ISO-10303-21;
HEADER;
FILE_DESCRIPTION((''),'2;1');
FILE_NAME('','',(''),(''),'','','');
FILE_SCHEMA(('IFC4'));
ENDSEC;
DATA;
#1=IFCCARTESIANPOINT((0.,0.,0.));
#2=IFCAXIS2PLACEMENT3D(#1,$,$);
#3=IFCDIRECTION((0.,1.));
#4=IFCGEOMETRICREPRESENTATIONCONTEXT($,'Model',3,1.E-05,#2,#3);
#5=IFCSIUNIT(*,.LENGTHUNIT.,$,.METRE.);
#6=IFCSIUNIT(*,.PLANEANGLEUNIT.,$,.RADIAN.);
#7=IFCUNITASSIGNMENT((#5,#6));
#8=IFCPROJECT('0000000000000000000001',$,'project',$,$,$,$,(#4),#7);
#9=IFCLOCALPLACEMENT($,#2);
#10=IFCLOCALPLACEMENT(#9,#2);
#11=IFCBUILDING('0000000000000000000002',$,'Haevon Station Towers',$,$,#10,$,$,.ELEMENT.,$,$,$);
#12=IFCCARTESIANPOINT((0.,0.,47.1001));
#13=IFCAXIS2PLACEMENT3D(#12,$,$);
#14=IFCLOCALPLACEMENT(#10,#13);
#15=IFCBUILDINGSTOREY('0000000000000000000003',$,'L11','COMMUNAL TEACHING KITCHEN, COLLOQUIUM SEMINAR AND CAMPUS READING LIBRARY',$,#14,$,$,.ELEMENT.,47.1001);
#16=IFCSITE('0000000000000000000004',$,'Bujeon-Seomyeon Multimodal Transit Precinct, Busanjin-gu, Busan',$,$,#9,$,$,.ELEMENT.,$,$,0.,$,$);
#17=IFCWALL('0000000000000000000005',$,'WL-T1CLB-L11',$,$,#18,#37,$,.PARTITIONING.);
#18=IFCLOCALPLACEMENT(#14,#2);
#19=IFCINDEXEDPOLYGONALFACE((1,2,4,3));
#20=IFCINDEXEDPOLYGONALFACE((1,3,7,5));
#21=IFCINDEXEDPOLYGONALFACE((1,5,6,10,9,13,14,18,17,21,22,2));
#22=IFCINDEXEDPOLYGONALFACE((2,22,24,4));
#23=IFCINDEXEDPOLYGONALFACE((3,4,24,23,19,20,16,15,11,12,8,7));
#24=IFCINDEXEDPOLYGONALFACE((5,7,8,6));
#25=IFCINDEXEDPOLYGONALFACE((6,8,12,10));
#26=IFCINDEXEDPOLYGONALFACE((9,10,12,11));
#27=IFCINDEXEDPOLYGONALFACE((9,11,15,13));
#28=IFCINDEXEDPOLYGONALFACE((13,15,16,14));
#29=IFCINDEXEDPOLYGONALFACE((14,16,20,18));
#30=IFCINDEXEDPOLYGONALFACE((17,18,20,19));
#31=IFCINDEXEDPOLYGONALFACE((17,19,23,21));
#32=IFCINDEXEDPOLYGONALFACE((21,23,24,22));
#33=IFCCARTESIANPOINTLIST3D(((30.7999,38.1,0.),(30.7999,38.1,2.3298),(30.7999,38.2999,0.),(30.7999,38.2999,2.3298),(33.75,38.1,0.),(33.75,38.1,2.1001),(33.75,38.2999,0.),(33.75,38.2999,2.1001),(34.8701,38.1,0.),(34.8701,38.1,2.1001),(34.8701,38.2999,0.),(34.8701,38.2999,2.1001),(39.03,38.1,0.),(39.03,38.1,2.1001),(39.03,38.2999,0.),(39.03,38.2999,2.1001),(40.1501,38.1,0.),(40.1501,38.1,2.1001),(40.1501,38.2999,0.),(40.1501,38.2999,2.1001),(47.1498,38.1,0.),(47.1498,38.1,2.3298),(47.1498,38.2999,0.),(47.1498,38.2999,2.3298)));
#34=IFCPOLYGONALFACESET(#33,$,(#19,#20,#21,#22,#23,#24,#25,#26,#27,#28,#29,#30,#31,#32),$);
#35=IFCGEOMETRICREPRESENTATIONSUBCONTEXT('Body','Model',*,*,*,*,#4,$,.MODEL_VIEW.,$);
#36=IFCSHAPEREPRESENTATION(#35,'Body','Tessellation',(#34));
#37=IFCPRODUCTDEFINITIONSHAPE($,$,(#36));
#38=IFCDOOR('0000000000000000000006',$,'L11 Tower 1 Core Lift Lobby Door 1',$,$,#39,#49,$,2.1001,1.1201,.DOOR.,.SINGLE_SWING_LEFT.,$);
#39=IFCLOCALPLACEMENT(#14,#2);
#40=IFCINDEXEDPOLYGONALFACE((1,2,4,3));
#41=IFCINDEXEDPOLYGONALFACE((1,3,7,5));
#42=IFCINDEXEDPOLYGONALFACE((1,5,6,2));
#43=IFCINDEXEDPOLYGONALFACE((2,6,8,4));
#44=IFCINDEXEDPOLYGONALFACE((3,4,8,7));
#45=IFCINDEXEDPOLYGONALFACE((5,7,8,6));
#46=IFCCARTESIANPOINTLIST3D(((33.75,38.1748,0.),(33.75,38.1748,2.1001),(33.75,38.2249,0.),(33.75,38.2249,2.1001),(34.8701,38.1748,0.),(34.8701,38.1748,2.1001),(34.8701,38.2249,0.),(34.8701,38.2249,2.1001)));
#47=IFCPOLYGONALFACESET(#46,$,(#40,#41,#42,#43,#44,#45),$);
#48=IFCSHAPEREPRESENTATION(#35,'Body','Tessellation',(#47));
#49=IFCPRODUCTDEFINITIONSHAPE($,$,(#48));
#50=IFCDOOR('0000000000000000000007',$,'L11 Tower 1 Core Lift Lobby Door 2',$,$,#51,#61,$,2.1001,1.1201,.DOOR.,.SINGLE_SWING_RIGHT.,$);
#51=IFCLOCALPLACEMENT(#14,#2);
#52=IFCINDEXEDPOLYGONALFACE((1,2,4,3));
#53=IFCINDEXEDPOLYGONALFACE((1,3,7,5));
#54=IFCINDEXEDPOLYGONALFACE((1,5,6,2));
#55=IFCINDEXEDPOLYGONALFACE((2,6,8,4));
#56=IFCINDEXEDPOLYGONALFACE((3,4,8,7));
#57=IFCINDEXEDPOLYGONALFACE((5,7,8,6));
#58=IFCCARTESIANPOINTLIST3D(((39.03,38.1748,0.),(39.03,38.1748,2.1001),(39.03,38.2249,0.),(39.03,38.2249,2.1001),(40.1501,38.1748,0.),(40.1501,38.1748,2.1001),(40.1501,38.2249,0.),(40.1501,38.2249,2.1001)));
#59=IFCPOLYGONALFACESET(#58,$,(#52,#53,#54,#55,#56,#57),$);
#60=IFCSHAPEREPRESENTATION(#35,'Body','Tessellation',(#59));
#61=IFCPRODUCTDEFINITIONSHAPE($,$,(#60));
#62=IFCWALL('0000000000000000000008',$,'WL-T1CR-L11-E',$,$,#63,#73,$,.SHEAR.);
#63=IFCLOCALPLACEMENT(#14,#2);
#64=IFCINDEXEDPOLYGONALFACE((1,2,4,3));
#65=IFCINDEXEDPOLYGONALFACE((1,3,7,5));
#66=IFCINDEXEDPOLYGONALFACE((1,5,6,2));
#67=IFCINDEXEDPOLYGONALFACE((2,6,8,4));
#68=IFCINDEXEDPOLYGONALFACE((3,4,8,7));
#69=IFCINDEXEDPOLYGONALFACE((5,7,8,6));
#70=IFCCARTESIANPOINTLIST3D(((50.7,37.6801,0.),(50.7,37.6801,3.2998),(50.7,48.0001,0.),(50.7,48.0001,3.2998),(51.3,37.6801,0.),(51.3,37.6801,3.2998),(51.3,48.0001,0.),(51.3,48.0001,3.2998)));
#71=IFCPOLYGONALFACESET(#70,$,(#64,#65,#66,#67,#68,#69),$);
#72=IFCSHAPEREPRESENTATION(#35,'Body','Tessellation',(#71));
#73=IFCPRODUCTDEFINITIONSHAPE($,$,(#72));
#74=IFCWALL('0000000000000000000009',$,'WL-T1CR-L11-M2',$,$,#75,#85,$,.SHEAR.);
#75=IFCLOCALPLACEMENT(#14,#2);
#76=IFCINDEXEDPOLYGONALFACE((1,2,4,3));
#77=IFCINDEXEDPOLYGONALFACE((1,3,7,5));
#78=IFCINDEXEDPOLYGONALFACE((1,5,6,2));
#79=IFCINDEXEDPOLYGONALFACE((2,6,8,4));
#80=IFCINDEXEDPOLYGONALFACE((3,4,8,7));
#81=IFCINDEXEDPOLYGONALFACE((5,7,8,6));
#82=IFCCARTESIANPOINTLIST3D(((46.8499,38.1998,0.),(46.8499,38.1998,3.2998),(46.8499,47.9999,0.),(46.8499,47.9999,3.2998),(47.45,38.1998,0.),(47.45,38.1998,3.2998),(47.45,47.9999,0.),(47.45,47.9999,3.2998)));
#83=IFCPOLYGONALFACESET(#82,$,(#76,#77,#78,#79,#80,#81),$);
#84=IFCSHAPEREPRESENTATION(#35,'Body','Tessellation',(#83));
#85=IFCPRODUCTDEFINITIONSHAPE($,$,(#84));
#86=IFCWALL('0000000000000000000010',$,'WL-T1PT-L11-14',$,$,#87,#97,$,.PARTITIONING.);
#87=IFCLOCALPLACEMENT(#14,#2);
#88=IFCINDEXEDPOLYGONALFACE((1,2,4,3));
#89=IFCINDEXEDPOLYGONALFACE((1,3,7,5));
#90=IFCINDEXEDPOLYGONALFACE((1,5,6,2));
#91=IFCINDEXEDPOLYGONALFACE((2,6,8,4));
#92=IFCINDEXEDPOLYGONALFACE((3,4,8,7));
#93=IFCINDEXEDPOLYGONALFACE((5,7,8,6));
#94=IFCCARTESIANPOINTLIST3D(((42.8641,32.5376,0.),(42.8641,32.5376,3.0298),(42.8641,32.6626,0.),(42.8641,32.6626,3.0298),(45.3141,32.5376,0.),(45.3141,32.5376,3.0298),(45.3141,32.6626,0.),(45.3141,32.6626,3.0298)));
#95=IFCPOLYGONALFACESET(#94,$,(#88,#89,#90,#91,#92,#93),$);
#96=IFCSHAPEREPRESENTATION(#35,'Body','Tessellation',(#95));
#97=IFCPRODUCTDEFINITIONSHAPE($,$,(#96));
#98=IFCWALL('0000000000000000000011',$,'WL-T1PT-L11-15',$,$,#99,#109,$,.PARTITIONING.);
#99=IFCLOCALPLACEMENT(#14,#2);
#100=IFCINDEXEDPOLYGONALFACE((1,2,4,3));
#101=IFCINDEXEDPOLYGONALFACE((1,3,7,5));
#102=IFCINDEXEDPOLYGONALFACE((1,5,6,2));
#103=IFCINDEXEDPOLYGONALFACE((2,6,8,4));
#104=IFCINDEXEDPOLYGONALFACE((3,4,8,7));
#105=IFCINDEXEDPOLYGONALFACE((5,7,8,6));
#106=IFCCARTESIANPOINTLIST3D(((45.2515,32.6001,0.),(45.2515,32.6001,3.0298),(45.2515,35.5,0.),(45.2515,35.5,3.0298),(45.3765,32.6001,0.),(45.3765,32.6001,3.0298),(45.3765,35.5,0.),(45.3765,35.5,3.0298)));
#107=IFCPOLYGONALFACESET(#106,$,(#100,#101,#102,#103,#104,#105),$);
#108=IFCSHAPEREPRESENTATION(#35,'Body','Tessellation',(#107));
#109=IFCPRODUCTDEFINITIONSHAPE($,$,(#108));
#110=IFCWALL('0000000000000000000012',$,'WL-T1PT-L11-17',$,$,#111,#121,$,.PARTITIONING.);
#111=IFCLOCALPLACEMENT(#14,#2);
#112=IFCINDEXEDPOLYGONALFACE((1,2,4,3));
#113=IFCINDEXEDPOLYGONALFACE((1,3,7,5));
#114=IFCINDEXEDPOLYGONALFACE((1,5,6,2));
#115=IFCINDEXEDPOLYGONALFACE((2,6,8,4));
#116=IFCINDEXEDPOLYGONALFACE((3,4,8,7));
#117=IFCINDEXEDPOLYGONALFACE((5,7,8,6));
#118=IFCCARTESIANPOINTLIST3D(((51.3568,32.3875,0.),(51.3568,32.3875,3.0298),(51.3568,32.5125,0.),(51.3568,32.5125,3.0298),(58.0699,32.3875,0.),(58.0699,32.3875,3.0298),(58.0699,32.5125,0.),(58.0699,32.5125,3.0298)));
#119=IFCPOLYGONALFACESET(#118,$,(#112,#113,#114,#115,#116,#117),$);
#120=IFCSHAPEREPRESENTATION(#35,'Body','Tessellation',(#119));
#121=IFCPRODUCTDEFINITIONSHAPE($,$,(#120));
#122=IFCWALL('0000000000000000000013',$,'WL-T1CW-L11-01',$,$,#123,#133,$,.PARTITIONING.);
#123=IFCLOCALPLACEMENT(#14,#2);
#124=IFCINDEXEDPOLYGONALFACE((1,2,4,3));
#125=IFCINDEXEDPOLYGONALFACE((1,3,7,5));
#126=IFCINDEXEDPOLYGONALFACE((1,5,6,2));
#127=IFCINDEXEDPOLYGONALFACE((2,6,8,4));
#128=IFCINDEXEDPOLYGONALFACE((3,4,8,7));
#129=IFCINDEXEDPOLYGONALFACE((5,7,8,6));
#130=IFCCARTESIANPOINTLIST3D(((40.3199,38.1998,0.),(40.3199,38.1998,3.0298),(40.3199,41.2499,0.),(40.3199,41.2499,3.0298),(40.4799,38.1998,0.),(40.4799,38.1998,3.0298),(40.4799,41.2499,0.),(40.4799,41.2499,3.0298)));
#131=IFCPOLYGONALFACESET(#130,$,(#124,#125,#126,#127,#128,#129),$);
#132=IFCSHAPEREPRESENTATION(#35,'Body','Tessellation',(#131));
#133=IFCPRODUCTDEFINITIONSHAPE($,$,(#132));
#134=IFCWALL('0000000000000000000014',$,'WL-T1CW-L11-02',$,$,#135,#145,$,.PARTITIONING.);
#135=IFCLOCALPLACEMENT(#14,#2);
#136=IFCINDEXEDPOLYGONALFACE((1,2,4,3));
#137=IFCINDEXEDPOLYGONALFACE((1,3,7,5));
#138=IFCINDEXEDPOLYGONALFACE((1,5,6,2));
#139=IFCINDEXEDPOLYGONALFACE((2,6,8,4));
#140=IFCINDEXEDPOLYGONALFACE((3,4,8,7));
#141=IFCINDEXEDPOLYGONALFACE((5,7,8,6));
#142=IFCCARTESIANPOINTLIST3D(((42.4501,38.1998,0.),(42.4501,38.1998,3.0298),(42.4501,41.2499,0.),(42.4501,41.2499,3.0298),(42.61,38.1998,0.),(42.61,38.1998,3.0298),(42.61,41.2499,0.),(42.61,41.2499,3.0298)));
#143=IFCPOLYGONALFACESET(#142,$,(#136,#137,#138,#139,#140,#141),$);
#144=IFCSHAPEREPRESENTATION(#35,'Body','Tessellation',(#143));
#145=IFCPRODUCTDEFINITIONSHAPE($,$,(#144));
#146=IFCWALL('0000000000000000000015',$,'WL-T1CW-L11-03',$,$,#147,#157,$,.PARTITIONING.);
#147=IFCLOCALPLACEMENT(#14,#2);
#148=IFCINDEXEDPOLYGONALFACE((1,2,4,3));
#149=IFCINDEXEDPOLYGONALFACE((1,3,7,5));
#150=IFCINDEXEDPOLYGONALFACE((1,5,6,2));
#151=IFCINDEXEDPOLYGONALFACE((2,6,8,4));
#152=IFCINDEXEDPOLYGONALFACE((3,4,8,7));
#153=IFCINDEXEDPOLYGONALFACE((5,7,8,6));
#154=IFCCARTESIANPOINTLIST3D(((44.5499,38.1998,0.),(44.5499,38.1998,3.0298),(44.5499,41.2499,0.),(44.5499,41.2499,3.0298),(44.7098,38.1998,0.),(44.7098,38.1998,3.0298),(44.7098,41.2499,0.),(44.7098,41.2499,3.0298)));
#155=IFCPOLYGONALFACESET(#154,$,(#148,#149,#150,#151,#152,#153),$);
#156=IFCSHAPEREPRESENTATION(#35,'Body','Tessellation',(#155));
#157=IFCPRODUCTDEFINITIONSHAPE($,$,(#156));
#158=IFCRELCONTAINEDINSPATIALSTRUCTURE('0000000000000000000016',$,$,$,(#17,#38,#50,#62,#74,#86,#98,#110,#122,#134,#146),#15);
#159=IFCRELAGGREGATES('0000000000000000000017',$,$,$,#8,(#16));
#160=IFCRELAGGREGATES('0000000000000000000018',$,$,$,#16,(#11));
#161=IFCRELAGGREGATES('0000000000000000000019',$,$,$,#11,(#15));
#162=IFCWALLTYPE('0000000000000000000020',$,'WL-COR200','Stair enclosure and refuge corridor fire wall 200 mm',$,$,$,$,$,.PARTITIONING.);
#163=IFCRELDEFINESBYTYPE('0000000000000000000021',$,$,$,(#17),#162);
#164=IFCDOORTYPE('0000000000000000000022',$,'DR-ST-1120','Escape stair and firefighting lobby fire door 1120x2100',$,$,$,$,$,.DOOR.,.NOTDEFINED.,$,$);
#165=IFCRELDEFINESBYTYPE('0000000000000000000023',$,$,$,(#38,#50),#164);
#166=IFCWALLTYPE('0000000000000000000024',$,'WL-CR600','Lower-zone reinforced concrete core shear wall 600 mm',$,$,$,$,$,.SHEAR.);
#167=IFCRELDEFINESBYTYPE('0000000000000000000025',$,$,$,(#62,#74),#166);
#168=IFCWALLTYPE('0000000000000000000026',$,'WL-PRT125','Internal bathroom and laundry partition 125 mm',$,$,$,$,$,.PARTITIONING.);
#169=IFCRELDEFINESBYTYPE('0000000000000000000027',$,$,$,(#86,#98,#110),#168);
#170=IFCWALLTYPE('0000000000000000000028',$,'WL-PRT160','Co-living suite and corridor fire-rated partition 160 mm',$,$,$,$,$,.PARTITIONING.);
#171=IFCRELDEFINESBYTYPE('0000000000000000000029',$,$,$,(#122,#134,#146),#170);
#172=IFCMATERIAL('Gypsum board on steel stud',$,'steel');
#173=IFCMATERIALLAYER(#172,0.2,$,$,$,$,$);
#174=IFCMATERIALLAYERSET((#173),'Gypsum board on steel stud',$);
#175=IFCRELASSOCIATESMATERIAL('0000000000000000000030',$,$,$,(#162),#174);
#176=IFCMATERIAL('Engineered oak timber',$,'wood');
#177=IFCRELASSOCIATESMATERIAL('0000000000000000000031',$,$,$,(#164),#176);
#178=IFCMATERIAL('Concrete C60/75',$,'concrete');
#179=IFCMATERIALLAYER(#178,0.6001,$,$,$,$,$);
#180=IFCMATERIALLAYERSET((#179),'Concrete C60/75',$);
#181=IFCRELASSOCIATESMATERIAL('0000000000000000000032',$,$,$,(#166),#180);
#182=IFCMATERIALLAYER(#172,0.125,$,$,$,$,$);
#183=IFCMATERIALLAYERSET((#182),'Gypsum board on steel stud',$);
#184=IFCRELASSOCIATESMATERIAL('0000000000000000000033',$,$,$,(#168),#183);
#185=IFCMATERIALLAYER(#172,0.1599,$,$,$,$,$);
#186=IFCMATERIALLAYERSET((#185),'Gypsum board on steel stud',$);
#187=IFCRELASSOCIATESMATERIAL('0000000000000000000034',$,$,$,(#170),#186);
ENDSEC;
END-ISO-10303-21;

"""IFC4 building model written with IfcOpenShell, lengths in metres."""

from ifc_helpers import new_model, si_unit, direction, frame, frame_2d, origin, place, context, subcontext, project, spatial, rectangle, extrude, material, layer, layer_set, type_object, element, fill, save


model = new_model("IFC4")

# Units and contexts
model_context = context("Model", 3, precision=1e-05, world=origin(), true_north=direction((0.0, 1.0)))
body_context = subcontext(model_context, "Body", "Model", "MODEL_VIEW")
ifc_project = project(units=[si_unit("LENGTHUNIT", "METRE"), si_unit("PLANEANGLEUNIT", "RADIAN")], contexts=[model_context])

# Site, building, storey
site_placement = place(None, origin())
site = spatial("IfcSite", under=ifc_project, at=site_placement, Name="Bujeon-Seomyeon Multimodal Transit Precinct, Busanjin-gu, Busan", CompositionType="ELEMENT", RefElevation=0.0)
building_placement = place(site_placement, origin())
building = spatial("IfcBuilding", under=site, at=building_placement, Name="Haevon Station Towers", CompositionType="ELEMENT")
storey_placement = place(building_placement, frame((0.0, 0.0, 47.1001)))
storey = spatial("IfcBuildingStorey", under=building, at=storey_placement, Name="L11", Description="COMMUNAL TEACHING KITCHEN, COLLOQUIUM SEMINAR AND CAMPUS READING LIBRARY", CompositionType="ELEMENT", Elevation=47.1001)

# Shared definitions
ifc_material_1 = material(Name="Gypsum board on steel stud", Category="steel")
ifc_layer_1 = layer(ifc_material_1, 0.2)
ifc_layer_set_1 = layer_set([ifc_layer_1], Name="Gypsum board on steel stud")
wall_type_1 = type_object("IfcWallType", Name="WL-COR200", Description="Stair enclosure and refuge corridor fire wall 200 mm", PredefinedType="PARTITIONING", material=ifc_layer_set_1)
ifc_material_2 = material(Name="Engineered oak timber", Category="wood")
door_type = type_object("IfcDoorType", Name="DR-ST-1120", Description="Escape stair and firefighting lobby fire door 1120x2100", OperationType="NOTDEFINED", PredefinedType="DOOR", material=ifc_material_2)

# Wall, openings, doors
wall_1_placement = place(storey_placement, frame((30.8, 38.2, 0.0), z_axis=(0.0, 0.0, 1.0), x_axis=(1.0, 0.0, 0.0)))
wall_1 = element("IfcWall", 1, at=wall_1_placement, inside=storey, type_object=wall_type_1, Name="WL-T1CLB-L11", PredefinedType="PARTITIONING", context=body_context, shape_type="SweptSolid", body=[
    extrude(rectangle(XDim=16.3499, YDim=0.2, at=frame_2d((8.1748, 0.0))), origin(), (0.0, 0.0, 1.0), 2.3298),
])
opening_1_placement = place(wall_1_placement, frame((2.95, 0.0, 0.0)))
opening_1 = element("IfcOpeningElement", 2, at=opening_1_placement, cuts=wall_1, PredefinedType="OPENING", context=body_context, shape_type="SweptSolid", body=[
    extrude(rectangle(XDim=1.1201, YDim=2.1001, at=frame_2d((0.5601, 1.05))), frame((0.0, 0.1099, 0.0), z_axis=(0.0, -1.0, 0.0), x_axis=(1.0, 0.0, 0.0)), (0.0, 0.0, 1.0), 0.22),
])
opening_2_placement = place(wall_1_placement, frame((8.23, 0.0, 0.0)))
opening_2 = element("IfcOpeningElement", 3, at=opening_2_placement, cuts=wall_1, PredefinedType="OPENING", context=body_context, shape_type="SweptSolid", body=[
    extrude(rectangle(XDim=1.1201, YDim=2.1001, at=frame_2d((0.5601, 1.05))), frame((0.0, 0.1099, 0.0), z_axis=(0.0, -1.0, 0.0), x_axis=(1.0, 0.0, 0.0)), (0.0, 0.0, 1.0), 0.22),
])
door_1_placement = place(opening_1_placement, origin())
door_1 = element("IfcDoor", 4, at=door_1_placement, inside=storey, type_object=door_type, Name="L11 Tower 1 Core Lift Lobby Door 1", OperationType="SINGLE_SWING_LEFT", OverallHeight=2.1001, OverallWidth=1.1201, PredefinedType="DOOR", context=body_context, shape_type="SweptSolid", body=[
    extrude(rectangle(XDim=1.1201, YDim=2.1001, at=frame_2d((0.5601, 1.05))), frame((0.0, 0.0249, 0.0), z_axis=(0.0, -1.0, 0.0), x_axis=(1.0, 0.0, 0.0)), (0.0, 0.0, 1.0), 0.05),
])
fill(opening_1, door_1)
door_2_placement = place(opening_2_placement, origin())
door_2 = element("IfcDoor", 5, at=door_2_placement, inside=storey, type_object=door_type, Name="L11 Tower 1 Core Lift Lobby Door 2", OperationType="SINGLE_SWING_RIGHT", OverallHeight=2.1001, OverallWidth=1.1201, PredefinedType="DOOR", context=body_context, shape_type="SweptSolid", body=[
    extrude(rectangle(XDim=1.1201, YDim=2.1001, at=frame_2d((0.5601, 1.05))), frame((0.0, 0.0249, 0.0), z_axis=(0.0, -1.0, 0.0), x_axis=(1.0, 0.0, 0.0)), (0.0, 0.0, 1.0), 0.05),
])
fill(opening_2, door_2)

# Walls
ifc_material_3 = material(Name="Concrete C60/75", Category="concrete")
ifc_layer_2 = layer(ifc_material_3, 0.6001)
ifc_layer_set_2 = layer_set([ifc_layer_2], Name="Concrete C60/75")
wall_type_2 = type_object("IfcWallType", Name="WL-CR600", Description="Lower-zone reinforced concrete core shear wall 600 mm", PredefinedType="SHEAR", material=ifc_layer_set_2)
wall_2_placement = place(storey_placement, frame((51.0, 37.6799, 0.0), z_axis=(0.0, 0.0, 1.0), x_axis=(0.0, 1.0, 0.0)))
element("IfcWall", 6, at=wall_2_placement, inside=storey, type_object=wall_type_2, Name="WL-T1CR-L11-E", PredefinedType="SHEAR", context=body_context, shape_type="SweptSolid", body=[
    extrude(rectangle(XDim=10.3201, YDim=0.6001, at=frame_2d((5.1602, 0.0))), origin(), (0.0, 0.0, 1.0), 3.2998),
])
wall_3_placement = place(storey_placement, frame((47.1499, 38.2, 0.0), z_axis=(0.0, 0.0, 1.0), x_axis=(0.0, 1.0, 0.0)))
element("IfcWall", 7, at=wall_3_placement, inside=storey, type_object=wall_type_2, Name="WL-T1CR-L11-M2", PredefinedType="SHEAR", context=body_context, shape_type="SweptSolid", body=[
    extrude(rectangle(XDim=9.8, YDim=0.6001, at=frame_2d((4.8999, 0.0))), origin(), (0.0, 0.0, 1.0), 3.2998),
])
ifc_layer_3 = layer(ifc_material_1, 0.125)
ifc_layer_set_3 = layer_set([ifc_layer_3], Name="Gypsum board on steel stud")
wall_type_3 = type_object("IfcWallType", Name="WL-PRT125", Description="Internal bathroom and laundry partition 125 mm", PredefinedType="PARTITIONING", material=ifc_layer_set_3)
wall_4_placement = place(storey_placement, frame((42.864, 32.6001, 0.0), z_axis=(0.0, 0.0, 1.0), x_axis=(1.0, 0.0, 0.0)))
element("IfcWall", 8, at=wall_4_placement, inside=storey, type_object=wall_type_3, Name="WL-T1PT-L11-14", PredefinedType="PARTITIONING", context=body_context, shape_type="SweptSolid", body=[
    extrude(rectangle(XDim=2.45, YDim=0.125, at=frame_2d((1.2251, 0.0))), origin(), (0.0, 0.0, 1.0), 3.0298),
])
wall_5_placement = place(storey_placement, frame((45.314, 32.6001, 0.0), z_axis=(0.0, 0.0, 1.0), x_axis=(0.0, 1.0, 0.0)))
element("IfcWall", 9, at=wall_5_placement, inside=storey, type_object=wall_type_3, Name="WL-T1PT-L11-15", PredefinedType="PARTITIONING", context=body_context, shape_type="SweptSolid", body=[
    extrude(rectangle(XDim=2.8999, YDim=0.125, at=frame_2d((1.45, 0.0))), origin(), (0.0, 0.0, 1.0), 3.0298),
])
wall_6_placement = place(storey_placement, frame((51.3569, 32.45, 0.0), z_axis=(0.0, 0.0, 1.0), x_axis=(1.0, 0.0, 0.0)))
element("IfcWall", 10, at=wall_6_placement, inside=storey, type_object=wall_type_3, Name="WL-T1PT-L11-17", PredefinedType="PARTITIONING", context=body_context, shape_type="SweptSolid", body=[
    extrude(rectangle(XDim=6.7131, YDim=0.125, at=frame_2d((3.3564, 0.0))), origin(), (0.0, 0.0, 1.0), 3.0298),
])
ifc_layer_4 = layer(ifc_material_1, 0.1599)
ifc_layer_set_4 = layer_set([ifc_layer_4], Name="Gypsum board on steel stud")
wall_type_4 = type_object("IfcWallType", Name="WL-PRT160", Description="Co-living suite and corridor fire-rated partition 160 mm", PredefinedType="PARTITIONING", material=ifc_layer_set_4)
for number, where, z_axis, x_axis, name in (
    (11, (40.3999, 38.2, 0.0), (0.0, 0.0, 1.0), (0.0, 1.0, 0.0), "WL-T1CW-L11-01"),
    (12, (42.53, 38.2, 0.0), (0.0, 0.0, 1.0), (0.0, 1.0, 0.0), "WL-T1CW-L11-02"),
    (13, (44.6299, 38.2, 0.0), (0.0, 0.0, 1.0), (0.0, 1.0, 0.0), "WL-T1CW-L11-03"),
):
    element("IfcWall", number, at=place(storey_placement, frame(where, z_axis=z_axis, x_axis=x_axis)), inside=storey, type_object=wall_type_4, Name=name, PredefinedType="PARTITIONING", context=body_context, shape_type="SweptSolid", body=[
        extrude(rectangle(XDim=3.05, YDim=0.1599, at=frame_2d((1.5249, 0.0))), origin(), (0.0, 0.0, 1.0), 3.0298),
    ])

save(model, "model.ifc")
